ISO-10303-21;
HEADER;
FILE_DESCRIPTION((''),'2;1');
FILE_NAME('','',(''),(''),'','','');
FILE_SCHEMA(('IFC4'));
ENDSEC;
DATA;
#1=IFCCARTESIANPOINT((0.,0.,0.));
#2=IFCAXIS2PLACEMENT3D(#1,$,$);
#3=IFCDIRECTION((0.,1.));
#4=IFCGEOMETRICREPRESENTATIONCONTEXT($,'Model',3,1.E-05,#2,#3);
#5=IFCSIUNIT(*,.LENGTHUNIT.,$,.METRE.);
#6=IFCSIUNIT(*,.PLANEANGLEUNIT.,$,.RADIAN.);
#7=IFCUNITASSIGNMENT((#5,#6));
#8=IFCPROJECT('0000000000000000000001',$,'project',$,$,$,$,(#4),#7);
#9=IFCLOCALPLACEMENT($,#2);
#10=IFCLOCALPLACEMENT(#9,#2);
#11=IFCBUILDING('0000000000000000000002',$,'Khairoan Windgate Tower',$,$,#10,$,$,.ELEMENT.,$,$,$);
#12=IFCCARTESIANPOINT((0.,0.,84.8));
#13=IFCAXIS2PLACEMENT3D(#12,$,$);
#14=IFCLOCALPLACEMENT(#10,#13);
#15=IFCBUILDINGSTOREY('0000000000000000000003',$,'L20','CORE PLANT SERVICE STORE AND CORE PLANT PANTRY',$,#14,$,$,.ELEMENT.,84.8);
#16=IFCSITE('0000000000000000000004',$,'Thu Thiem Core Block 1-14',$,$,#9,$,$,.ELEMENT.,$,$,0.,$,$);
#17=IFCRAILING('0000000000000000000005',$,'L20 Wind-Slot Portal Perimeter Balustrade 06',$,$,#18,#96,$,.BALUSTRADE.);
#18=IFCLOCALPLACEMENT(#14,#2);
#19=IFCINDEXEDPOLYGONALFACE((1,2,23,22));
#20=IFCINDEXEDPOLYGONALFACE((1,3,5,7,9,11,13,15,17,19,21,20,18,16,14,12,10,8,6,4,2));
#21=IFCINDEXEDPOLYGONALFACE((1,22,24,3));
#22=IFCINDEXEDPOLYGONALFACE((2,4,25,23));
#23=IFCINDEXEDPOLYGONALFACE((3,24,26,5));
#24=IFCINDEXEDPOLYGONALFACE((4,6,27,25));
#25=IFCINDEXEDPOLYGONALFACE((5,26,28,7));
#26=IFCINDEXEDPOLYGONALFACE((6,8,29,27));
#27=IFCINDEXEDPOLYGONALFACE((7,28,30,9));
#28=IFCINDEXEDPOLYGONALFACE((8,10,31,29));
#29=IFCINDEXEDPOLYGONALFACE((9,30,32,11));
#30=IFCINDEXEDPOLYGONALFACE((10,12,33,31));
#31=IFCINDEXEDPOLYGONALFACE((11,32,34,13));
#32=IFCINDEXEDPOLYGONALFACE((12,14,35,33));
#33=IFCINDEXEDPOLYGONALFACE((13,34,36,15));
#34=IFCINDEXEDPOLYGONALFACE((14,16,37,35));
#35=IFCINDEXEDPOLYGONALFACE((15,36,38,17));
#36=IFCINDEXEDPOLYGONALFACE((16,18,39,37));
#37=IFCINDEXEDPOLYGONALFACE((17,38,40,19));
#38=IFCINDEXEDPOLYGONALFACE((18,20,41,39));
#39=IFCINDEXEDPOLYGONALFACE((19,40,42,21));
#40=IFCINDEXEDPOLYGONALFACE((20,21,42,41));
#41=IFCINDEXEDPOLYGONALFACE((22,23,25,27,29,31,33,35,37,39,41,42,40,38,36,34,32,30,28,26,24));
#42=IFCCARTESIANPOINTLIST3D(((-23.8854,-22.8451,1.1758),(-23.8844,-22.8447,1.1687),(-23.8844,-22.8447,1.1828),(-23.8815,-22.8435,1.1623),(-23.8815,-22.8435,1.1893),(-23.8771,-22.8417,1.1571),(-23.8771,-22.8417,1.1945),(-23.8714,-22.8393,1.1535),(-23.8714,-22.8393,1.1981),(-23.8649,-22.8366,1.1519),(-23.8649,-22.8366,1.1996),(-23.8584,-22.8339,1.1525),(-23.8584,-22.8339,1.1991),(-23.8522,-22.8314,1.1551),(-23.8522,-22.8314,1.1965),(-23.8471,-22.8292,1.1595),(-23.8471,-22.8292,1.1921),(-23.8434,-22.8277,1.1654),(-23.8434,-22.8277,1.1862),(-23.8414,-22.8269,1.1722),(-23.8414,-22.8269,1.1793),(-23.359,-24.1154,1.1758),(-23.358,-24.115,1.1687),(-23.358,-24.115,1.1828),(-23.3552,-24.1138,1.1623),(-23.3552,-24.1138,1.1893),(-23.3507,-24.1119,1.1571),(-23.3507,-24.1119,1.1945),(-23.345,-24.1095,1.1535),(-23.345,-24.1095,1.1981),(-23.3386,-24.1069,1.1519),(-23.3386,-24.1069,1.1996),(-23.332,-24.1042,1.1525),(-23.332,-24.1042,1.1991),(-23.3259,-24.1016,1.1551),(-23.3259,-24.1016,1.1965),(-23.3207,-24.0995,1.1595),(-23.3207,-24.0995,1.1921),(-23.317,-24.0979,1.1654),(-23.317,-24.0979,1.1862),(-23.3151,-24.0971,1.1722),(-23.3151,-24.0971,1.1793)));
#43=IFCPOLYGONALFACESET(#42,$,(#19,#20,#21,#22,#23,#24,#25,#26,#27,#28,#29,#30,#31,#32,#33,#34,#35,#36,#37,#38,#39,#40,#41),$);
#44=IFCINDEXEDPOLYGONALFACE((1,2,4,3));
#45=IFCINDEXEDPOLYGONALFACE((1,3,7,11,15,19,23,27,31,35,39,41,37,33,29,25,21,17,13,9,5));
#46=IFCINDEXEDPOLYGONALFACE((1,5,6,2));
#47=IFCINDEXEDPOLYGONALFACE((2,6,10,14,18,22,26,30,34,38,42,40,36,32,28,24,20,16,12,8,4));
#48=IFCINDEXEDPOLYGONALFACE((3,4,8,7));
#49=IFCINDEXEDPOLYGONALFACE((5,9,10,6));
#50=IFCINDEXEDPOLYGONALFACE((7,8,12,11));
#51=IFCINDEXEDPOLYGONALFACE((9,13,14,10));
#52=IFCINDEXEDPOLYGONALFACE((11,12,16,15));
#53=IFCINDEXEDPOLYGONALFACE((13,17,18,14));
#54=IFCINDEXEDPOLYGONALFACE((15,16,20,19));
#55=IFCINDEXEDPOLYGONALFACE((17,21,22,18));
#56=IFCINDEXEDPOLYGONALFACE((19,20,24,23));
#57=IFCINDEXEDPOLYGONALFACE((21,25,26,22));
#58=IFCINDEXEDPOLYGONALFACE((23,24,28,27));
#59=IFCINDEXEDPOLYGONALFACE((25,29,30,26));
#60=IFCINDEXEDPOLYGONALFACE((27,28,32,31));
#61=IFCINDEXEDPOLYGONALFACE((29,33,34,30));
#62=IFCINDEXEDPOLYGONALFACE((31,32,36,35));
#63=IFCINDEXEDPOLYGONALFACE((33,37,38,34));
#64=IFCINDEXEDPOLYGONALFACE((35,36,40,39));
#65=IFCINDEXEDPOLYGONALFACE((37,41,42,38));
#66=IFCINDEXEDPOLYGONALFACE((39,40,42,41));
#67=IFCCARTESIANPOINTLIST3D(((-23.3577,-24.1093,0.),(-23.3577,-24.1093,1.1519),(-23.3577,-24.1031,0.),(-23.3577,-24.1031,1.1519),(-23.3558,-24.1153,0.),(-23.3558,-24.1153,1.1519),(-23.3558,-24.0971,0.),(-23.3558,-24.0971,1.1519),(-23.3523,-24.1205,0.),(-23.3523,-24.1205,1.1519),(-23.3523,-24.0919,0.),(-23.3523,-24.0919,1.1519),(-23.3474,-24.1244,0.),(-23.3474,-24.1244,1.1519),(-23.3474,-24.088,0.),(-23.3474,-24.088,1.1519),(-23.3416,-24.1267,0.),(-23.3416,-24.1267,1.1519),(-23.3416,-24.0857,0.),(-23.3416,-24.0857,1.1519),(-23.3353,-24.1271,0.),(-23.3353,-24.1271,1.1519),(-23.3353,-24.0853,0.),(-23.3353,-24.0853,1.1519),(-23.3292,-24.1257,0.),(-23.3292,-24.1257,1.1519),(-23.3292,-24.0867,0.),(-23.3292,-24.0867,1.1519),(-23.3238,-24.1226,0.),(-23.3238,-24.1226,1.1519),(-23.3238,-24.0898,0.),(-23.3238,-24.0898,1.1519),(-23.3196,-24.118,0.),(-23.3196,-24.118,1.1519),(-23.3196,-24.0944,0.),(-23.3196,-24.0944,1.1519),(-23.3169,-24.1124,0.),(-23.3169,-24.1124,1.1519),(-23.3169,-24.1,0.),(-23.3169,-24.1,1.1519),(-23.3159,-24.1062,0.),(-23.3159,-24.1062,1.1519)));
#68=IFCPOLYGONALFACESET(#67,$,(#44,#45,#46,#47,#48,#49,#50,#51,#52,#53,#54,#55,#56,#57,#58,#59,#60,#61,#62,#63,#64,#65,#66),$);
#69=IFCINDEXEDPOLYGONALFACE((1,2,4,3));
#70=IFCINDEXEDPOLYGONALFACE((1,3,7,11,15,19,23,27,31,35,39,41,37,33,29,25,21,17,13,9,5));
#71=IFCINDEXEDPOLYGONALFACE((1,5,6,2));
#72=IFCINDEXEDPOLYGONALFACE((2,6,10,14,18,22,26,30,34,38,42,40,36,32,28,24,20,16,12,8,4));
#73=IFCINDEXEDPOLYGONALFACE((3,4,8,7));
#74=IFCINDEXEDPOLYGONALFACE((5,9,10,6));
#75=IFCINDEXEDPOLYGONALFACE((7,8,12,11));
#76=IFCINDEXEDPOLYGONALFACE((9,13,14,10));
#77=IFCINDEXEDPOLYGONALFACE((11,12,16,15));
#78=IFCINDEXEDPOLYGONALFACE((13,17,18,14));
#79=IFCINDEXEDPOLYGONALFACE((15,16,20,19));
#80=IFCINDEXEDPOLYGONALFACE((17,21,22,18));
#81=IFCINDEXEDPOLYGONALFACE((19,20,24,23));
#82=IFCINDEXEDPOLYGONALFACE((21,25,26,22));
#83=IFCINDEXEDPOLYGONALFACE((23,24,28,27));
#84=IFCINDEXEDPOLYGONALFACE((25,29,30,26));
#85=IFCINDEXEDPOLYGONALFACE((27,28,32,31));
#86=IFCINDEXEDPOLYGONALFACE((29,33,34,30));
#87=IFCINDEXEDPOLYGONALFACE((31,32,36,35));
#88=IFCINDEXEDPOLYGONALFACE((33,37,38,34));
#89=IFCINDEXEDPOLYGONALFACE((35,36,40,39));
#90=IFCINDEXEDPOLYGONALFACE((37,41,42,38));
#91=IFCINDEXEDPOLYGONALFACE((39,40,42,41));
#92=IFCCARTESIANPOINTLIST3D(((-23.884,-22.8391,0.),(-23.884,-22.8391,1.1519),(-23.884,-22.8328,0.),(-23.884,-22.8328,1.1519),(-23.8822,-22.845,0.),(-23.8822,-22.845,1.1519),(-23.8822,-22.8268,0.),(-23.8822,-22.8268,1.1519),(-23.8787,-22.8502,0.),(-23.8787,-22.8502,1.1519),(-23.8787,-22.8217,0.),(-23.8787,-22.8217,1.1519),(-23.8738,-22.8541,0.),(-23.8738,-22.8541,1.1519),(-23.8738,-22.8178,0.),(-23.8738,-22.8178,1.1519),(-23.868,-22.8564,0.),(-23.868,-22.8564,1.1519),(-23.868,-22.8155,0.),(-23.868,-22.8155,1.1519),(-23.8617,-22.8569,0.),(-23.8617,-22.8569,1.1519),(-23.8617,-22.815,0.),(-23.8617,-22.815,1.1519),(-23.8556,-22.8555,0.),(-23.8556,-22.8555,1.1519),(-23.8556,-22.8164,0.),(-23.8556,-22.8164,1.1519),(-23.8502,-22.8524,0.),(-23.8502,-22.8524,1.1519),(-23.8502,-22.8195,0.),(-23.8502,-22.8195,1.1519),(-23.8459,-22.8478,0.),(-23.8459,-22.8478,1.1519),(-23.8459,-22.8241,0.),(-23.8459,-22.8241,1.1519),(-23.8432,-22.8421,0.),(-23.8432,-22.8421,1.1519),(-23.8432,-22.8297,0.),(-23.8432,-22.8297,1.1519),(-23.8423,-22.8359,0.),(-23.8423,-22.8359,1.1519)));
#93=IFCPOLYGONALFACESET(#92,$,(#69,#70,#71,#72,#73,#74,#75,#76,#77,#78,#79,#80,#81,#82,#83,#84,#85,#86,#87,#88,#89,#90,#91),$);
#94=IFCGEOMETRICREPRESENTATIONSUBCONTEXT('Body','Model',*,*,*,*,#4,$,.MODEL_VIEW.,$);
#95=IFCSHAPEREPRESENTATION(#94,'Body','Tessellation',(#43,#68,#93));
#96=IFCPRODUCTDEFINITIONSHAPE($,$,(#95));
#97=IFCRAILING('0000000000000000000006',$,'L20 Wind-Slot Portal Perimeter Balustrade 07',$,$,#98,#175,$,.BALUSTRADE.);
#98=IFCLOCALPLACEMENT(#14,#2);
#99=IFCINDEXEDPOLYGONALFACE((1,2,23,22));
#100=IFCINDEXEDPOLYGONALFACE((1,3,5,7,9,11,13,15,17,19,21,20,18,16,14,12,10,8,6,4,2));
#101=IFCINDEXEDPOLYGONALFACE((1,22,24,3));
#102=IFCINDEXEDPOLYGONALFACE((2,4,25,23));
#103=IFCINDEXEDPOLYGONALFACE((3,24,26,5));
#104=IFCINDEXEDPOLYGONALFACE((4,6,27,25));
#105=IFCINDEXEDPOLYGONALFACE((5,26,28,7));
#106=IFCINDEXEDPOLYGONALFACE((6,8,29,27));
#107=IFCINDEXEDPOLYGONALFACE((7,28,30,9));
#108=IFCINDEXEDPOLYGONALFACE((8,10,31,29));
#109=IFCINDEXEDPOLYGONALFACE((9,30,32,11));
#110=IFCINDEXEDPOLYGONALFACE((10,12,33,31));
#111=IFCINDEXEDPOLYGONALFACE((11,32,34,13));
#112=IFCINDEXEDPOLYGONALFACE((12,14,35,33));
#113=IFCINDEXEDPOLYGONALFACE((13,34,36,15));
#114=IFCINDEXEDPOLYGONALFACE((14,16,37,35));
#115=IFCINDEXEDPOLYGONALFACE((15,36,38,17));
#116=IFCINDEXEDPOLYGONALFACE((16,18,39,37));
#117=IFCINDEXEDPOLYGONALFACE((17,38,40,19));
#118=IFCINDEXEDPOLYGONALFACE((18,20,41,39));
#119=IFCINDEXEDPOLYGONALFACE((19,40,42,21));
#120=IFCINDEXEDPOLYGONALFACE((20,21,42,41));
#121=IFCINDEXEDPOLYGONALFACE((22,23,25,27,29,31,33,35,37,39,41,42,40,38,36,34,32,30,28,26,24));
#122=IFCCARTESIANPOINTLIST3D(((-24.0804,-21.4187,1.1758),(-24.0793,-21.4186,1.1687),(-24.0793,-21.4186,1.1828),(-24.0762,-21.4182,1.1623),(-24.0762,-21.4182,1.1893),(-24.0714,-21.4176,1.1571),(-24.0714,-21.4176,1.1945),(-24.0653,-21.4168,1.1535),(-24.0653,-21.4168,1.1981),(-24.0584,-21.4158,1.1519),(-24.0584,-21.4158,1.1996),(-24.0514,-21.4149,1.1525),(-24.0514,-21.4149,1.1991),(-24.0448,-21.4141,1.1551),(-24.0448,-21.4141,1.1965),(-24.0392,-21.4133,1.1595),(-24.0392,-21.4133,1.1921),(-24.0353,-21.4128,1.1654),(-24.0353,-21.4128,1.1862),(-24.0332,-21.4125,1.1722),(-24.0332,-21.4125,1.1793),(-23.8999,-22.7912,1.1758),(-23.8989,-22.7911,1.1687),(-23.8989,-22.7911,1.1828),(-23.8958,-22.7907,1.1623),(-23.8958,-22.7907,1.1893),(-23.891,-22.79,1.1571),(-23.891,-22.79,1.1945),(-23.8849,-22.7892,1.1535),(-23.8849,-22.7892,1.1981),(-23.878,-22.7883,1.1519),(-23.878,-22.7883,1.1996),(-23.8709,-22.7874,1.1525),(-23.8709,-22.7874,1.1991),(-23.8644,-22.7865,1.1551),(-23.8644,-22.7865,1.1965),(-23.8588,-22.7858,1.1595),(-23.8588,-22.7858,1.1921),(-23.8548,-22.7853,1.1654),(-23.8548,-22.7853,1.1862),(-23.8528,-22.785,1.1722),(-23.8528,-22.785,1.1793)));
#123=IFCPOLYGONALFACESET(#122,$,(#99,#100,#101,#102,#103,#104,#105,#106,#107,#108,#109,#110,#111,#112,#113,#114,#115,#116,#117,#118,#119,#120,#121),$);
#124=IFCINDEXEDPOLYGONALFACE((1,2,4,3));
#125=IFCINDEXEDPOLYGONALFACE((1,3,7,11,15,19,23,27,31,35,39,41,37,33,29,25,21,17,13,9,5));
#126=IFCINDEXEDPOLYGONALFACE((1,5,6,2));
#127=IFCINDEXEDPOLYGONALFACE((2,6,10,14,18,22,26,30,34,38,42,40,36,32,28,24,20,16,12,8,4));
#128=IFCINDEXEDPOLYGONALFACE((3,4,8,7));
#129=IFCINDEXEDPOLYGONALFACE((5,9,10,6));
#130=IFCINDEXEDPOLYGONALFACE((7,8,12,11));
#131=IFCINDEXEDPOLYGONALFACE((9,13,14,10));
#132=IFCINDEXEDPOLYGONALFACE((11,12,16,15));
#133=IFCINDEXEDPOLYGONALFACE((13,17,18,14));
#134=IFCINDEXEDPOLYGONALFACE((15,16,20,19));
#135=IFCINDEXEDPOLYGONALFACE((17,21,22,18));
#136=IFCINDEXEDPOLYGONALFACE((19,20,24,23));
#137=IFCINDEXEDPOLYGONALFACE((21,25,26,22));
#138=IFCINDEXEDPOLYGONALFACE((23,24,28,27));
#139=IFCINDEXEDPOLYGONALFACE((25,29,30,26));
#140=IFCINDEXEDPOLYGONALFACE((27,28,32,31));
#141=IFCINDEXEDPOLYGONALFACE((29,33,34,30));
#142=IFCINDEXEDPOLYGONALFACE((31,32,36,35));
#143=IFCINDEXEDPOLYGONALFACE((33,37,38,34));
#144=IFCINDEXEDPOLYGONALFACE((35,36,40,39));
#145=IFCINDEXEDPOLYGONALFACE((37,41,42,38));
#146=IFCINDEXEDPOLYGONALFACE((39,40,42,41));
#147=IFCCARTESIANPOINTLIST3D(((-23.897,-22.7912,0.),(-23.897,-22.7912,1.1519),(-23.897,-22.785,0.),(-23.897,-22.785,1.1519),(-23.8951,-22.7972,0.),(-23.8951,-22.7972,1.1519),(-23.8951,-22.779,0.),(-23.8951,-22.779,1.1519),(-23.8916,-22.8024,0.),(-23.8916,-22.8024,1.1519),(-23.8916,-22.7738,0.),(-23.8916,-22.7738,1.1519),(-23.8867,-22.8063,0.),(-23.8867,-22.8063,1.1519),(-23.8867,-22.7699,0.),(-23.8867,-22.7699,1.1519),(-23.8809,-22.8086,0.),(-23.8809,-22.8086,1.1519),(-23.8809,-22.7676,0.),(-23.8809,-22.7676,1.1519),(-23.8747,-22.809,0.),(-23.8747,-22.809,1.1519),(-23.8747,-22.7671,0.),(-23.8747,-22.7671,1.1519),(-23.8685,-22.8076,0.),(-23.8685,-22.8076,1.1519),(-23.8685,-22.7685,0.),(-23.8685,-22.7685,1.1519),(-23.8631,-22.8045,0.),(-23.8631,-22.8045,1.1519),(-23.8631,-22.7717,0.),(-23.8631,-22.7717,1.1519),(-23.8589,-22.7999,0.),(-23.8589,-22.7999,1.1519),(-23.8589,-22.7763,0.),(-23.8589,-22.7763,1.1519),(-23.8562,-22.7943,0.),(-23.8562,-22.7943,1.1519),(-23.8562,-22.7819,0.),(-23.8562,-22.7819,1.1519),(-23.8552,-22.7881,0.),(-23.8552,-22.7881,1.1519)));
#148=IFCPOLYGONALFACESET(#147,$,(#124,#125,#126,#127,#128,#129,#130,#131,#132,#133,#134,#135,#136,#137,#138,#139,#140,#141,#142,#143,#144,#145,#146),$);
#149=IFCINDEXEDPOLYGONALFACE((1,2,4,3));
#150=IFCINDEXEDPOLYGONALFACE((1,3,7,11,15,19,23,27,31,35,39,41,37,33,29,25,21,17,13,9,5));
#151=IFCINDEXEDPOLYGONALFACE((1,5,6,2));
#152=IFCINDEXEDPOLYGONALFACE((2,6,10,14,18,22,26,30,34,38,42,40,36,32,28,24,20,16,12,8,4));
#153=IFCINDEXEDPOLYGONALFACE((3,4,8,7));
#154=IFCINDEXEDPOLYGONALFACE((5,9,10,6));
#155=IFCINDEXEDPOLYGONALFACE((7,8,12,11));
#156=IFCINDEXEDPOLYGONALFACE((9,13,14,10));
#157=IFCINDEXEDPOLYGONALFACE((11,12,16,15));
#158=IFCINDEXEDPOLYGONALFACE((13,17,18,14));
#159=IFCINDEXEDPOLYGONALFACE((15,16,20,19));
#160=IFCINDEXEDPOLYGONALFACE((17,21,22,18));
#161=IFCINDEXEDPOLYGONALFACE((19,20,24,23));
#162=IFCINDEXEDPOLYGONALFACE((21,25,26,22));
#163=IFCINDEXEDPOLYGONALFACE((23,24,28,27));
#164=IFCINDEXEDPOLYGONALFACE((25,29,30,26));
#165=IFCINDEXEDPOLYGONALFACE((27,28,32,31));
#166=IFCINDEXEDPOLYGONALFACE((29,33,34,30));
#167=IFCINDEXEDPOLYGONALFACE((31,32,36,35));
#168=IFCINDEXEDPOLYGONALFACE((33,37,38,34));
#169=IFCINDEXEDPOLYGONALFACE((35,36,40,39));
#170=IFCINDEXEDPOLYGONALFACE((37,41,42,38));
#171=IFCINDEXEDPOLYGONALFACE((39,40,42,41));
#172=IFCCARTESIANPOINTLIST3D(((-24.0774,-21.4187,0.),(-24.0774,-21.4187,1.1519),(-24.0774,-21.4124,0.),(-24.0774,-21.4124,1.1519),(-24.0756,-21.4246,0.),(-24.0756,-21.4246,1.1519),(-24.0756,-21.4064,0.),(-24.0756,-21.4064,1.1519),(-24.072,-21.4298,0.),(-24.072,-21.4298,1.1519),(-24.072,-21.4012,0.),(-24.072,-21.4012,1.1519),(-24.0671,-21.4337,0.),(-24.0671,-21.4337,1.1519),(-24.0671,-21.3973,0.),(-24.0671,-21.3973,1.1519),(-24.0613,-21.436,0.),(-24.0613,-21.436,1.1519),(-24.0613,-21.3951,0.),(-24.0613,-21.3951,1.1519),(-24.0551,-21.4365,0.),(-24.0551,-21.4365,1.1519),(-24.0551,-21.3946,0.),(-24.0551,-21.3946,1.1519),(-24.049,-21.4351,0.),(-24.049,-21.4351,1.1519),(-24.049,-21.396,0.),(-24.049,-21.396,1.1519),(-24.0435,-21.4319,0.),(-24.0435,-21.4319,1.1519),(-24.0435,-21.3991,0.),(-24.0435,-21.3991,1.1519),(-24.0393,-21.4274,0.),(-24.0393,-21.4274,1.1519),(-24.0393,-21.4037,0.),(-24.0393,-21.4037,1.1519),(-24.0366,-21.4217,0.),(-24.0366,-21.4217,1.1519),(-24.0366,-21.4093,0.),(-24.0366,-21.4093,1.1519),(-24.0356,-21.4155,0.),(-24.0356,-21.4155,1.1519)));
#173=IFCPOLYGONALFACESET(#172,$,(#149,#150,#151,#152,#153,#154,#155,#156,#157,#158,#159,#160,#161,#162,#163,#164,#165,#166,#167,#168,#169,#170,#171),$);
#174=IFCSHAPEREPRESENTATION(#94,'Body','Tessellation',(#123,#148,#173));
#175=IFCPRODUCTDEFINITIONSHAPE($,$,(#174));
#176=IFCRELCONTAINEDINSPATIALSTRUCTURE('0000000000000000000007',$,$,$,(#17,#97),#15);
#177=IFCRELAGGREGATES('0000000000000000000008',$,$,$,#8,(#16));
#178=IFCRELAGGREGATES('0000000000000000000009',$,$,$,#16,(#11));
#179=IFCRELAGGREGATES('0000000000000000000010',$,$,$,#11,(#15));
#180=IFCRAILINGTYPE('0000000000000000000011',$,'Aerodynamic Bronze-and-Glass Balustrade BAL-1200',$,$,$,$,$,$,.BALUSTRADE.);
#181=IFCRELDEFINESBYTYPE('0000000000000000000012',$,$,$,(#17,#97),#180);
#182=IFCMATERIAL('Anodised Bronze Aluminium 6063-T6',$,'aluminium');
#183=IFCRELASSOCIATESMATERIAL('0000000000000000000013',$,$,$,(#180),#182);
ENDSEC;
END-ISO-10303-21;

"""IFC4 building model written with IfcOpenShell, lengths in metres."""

from ifc_helpers import new_model, si_unit, direction, frame, origin, origin_2d, place, context, subcontext, project, spatial, circle, extrude, material, type_object, element, save


model = new_model("IFC4")

# Units and contexts
model_context = context("Model", 3, precision=1e-05, world=origin(), true_north=direction((0.0, 1.0)))
body_context = subcontext(model_context, "Body", "Model", "MODEL_VIEW")
ifc_project = project(units=[si_unit("LENGTHUNIT", "METRE"), si_unit("PLANEANGLEUNIT", "RADIAN")], contexts=[model_context])

# Site, building, storey
site_placement = place(None, origin())
site = spatial("IfcSite", under=ifc_project, at=site_placement, Name="Thu Thiem Core Block 1-14", CompositionType="ELEMENT", RefElevation=0.0)
building_placement = place(site_placement, origin())
building = spatial("IfcBuilding", under=site, at=building_placement, Name="Khairoan Windgate Tower", CompositionType="ELEMENT")
storey_placement = place(building_placement, frame((0.0, 0.0, 84.8)))
storey = spatial("IfcBuildingStorey", under=building, at=storey_placement, Name="L20", Description="CORE PLANT SERVICE STORE AND CORE PLANT PANTRY", CompositionType="ELEMENT", Elevation=84.8)

# Railings
ifc_material_1 = material(Name="Anodised Bronze Aluminium 6063-T6", Category="aluminium")
railing_type = type_object("IfcRailingType", Name="Aerodynamic Bronze-and-Glass Balustrade BAL-1200", PredefinedType="BALUSTRADE", material=ifc_material_1)
railing_1_placement = place(storey_placement, frame((-23.3369, -24.1062, 0.0)))
element("IfcRailing", 1, at=railing_1_placement, inside=storey, type_object=railing_type, Name="L20 Wind-Slot Portal Perimeter Balustrade 06", PredefinedType="BALUSTRADE", context=body_context, shape_type="SweptSolid", body=[
    extrude(circle(Radius=0.0239, at=origin_2d()), frame((0.0, 0.0, 1.1758), z_axis=(-0.382812, 0.923826, 0.0), x_axis=(-0.923826, -0.382812, 0.0)), (0.0, 0.0, 1.0), 1.375),
    extrude(circle(Radius=0.021, at=origin_2d()), origin(), (0.0, 0.0, 1.0), 1.1519),
    extrude(circle(Radius=0.021, at=origin_2d()), frame((-0.5264, 1.2703, 0.0)), (0.0, 0.0, 1.0), 1.1519),
])
railing_2_placement = place(storey_placement, frame((-23.8762, -22.7881, 0.0)))
element("IfcRailing", 2, at=railing_2_placement, inside=storey, type_object=railing_type, Name="L20 Wind-Slot Portal Perimeter Balustrade 07", PredefinedType="BALUSTRADE", context=body_context, shape_type="SweptSolid", body=[
    extrude(circle(Radius=0.0239, at=origin_2d()), frame((0.0, 0.0, 1.1758), z_axis=(-0.130327, 0.991471, 0.0), x_axis=(-0.991471, -0.130327, 0.0)), (0.0, 0.0, 1.0), 1.3843),
    extrude(circle(Radius=0.021, at=origin_2d()), origin(), (0.0, 0.0, 1.0), 1.1519),
    extrude(circle(Radius=0.021, at=origin_2d()), frame((-0.1804, 1.3726, 0.0)), (0.0, 0.0, 1.0), 1.1519),
])

save(model, "model.ifc")
